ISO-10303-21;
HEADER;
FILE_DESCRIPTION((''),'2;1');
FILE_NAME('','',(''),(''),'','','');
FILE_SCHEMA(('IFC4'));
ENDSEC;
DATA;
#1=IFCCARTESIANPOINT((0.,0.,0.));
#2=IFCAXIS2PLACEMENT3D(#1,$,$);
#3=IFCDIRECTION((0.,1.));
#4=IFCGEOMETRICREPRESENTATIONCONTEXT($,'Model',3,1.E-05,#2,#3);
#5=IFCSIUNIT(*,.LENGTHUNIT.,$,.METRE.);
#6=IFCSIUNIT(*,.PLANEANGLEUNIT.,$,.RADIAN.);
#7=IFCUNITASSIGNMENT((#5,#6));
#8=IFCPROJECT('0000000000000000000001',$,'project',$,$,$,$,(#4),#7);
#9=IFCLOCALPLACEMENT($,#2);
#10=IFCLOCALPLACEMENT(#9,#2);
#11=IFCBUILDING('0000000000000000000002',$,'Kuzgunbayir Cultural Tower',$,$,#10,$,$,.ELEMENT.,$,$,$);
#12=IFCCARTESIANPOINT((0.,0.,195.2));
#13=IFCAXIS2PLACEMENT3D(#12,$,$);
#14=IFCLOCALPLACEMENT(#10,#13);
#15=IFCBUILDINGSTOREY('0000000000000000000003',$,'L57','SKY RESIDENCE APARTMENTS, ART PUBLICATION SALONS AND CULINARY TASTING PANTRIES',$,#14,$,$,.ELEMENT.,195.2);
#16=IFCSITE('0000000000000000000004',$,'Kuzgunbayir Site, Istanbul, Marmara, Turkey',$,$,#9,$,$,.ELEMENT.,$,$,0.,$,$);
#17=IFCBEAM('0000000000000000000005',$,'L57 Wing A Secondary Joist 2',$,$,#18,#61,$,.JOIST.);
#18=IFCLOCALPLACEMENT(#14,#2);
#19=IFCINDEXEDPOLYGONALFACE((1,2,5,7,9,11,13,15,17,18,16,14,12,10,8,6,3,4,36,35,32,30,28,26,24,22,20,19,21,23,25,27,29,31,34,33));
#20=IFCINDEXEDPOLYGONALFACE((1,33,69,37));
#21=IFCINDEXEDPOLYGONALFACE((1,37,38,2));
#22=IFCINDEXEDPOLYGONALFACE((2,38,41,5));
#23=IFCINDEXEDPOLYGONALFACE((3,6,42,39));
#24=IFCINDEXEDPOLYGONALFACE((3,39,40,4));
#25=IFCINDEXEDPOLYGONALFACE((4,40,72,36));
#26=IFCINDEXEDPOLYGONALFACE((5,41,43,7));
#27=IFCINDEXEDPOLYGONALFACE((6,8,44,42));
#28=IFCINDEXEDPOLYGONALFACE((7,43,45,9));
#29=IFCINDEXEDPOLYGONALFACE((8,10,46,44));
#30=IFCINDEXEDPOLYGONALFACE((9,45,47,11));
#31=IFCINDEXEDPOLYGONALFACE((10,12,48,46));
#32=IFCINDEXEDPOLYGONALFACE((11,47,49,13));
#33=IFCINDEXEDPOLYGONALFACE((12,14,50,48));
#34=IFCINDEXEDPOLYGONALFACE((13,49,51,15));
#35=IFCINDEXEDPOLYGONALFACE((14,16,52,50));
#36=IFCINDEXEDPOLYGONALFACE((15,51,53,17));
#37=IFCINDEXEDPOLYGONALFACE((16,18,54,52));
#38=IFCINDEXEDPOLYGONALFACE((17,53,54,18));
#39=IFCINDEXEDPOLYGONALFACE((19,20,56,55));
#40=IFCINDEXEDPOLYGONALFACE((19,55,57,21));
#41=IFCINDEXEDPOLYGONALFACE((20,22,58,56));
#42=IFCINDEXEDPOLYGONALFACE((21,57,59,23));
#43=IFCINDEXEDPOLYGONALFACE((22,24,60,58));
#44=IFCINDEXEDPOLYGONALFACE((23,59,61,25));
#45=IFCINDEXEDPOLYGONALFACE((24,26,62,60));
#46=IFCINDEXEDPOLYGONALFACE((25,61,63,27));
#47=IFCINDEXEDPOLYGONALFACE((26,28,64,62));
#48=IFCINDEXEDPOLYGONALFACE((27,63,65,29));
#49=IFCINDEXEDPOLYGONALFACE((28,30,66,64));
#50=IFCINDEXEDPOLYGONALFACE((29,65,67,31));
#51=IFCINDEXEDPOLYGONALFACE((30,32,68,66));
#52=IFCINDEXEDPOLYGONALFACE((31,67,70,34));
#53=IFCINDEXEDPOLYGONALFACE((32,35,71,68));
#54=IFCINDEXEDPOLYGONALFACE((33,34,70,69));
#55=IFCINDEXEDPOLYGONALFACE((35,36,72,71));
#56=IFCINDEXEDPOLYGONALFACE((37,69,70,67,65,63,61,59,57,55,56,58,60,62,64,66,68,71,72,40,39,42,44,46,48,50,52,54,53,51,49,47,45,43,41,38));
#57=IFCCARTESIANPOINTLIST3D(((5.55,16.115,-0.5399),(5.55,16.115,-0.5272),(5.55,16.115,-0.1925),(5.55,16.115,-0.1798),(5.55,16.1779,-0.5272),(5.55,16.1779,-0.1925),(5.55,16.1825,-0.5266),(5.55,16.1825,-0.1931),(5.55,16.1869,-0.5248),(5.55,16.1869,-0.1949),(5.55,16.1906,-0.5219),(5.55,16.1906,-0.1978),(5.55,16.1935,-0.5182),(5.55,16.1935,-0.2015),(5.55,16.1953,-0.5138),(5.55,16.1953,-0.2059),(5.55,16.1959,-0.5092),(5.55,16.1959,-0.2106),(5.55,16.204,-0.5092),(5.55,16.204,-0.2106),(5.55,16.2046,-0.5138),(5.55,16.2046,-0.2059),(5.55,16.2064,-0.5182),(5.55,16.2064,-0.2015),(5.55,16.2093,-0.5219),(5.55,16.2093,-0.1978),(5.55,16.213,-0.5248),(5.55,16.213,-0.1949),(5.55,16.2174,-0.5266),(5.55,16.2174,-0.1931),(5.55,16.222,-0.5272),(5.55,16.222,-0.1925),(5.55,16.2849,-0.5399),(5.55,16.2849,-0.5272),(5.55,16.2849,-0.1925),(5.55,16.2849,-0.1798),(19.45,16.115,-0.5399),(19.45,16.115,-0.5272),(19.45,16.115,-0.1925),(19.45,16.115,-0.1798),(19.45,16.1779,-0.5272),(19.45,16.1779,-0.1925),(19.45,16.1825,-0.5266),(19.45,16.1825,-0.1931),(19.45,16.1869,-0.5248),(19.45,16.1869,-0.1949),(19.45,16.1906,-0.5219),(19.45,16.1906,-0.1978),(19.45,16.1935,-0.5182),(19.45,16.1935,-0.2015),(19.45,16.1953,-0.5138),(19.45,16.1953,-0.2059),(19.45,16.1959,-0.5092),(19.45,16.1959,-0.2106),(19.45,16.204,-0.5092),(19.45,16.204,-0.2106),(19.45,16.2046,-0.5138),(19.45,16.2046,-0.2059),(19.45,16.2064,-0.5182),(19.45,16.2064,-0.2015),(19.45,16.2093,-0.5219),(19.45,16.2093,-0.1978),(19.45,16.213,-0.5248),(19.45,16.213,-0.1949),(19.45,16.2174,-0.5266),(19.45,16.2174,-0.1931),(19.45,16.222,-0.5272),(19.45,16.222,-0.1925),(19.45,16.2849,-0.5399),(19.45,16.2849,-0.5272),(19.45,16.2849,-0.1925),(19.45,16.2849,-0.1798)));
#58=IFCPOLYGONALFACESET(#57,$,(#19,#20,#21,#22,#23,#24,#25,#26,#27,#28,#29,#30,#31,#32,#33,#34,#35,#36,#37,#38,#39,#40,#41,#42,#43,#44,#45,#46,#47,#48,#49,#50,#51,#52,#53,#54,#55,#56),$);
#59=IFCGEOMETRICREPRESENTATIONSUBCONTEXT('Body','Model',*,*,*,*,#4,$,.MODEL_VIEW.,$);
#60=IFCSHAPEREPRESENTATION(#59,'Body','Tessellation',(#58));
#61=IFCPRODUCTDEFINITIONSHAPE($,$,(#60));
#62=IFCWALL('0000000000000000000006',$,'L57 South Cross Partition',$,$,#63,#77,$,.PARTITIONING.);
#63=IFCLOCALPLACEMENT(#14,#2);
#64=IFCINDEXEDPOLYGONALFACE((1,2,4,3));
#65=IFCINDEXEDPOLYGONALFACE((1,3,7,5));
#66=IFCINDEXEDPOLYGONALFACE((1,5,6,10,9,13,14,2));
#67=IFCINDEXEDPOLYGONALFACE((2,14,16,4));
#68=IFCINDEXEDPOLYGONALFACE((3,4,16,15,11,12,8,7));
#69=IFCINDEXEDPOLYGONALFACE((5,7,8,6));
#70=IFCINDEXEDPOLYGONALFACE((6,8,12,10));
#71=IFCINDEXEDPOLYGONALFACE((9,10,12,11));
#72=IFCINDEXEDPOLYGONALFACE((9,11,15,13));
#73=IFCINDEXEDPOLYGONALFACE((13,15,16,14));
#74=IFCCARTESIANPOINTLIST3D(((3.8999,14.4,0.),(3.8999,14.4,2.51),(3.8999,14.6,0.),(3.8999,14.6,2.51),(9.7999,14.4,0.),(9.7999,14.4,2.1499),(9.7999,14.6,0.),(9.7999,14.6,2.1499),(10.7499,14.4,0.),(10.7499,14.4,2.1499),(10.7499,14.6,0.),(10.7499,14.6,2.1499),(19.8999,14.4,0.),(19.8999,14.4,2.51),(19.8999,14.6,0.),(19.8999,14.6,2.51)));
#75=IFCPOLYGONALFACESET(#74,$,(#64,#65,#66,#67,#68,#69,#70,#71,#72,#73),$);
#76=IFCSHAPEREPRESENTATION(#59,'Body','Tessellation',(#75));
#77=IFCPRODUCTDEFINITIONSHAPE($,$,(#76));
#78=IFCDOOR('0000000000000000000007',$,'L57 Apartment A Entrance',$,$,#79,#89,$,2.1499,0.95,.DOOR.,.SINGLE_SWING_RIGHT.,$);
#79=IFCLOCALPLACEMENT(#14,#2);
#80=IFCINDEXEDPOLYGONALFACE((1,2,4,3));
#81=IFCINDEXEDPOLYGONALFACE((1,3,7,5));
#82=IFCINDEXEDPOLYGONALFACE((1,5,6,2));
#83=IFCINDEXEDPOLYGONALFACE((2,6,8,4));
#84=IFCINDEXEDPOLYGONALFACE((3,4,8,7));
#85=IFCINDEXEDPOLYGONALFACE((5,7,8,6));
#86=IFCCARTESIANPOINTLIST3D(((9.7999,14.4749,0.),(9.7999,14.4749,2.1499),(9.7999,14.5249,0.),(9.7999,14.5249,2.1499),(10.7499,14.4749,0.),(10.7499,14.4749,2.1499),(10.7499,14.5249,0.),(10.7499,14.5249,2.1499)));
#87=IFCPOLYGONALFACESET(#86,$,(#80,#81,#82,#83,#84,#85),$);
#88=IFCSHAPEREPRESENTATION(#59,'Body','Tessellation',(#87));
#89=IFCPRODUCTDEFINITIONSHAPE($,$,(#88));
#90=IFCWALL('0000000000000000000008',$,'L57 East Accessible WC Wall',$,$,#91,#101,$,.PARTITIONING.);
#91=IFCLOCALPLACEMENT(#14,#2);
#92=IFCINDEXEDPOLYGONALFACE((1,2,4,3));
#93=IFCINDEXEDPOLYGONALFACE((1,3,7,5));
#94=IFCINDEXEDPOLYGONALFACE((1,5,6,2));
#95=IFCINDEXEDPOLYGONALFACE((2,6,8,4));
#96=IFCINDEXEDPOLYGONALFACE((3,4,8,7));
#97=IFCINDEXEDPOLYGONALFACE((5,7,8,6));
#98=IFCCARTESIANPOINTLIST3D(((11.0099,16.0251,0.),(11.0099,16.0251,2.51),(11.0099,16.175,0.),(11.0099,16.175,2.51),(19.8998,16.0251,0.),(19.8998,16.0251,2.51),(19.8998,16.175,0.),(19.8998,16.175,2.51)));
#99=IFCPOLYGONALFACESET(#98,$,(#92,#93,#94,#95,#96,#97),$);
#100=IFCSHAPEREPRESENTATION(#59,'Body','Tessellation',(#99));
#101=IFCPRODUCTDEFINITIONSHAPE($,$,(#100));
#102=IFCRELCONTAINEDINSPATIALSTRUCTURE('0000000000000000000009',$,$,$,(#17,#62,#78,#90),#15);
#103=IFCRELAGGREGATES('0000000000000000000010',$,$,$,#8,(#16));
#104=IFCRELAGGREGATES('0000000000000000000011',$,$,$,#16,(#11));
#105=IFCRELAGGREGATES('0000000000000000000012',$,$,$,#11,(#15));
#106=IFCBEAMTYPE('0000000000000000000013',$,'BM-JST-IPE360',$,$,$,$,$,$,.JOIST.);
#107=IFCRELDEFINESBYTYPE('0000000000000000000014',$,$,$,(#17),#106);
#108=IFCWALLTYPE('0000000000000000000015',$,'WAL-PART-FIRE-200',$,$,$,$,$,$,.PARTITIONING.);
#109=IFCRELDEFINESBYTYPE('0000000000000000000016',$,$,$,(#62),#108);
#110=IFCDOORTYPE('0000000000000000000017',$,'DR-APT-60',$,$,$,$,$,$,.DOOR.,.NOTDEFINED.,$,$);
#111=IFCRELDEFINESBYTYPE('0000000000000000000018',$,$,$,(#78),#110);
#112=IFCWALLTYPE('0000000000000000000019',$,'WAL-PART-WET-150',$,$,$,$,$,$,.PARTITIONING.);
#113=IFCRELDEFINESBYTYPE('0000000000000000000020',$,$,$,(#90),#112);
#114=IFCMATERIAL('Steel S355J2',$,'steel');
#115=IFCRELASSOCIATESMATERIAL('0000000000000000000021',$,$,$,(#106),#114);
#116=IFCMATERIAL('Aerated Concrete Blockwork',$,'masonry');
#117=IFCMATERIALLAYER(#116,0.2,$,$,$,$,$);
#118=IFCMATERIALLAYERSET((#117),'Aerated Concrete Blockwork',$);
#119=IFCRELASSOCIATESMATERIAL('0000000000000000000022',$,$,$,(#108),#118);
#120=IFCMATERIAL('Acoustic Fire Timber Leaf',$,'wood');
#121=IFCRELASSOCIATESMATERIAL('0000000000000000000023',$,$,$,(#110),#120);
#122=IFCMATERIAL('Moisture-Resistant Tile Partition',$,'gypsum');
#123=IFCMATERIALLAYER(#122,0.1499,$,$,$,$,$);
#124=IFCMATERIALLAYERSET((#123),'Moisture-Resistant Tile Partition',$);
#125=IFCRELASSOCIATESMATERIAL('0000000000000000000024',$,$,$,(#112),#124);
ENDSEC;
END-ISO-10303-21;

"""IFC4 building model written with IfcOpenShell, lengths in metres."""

from ifc_helpers import new_model, si_unit, direction, frame, frame_2d, origin, origin_2d, place, context, subcontext, project, spatial, rectangle, i_section, extrude, material, layer, layer_set, material_profile, profile_set, type_object, element, fill, save


model = new_model("IFC4")

# Units and contexts
model_context = context("Model", 3, precision=1e-05, world=origin(), true_north=direction((0.0, 1.0)))
body_context = subcontext(model_context, "Body", "Model", "MODEL_VIEW")
ifc_project = project(units=[si_unit("LENGTHUNIT", "METRE"), si_unit("PLANEANGLEUNIT", "RADIAN")], contexts=[model_context])

# Site, building, storey
site_placement = place(None, origin())
site = spatial("IfcSite", under=ifc_project, at=site_placement, Name="Kuzgunbayir Site, Istanbul, Marmara, Turkey", CompositionType="ELEMENT", RefElevation=0.0)
building_placement = place(site_placement, origin())
building = spatial("IfcBuilding", under=site, at=building_placement, Name="Kuzgunbayir Cultural Tower", CompositionType="ELEMENT")
storey_placement = place(building_placement, frame((0.0, 0.0, 195.2)))
storey = spatial("IfcBuildingStorey", under=building, at=storey_placement, Name="L57", Description="SKY RESIDENCE APARTMENTS, ART PUBLICATION SALONS AND CULINARY TASTING PANTRIES", CompositionType="ELEMENT", Elevation=195.2)

# Beam
ifc_material_1 = material(Name="Steel S355J2", Category="steel")
ifc_material_profile_1 = material_profile(ifc_material_1, i_section(OverallWidth=0.1699, OverallDepth=0.3601, WebThickness=0.0081, FlangeThickness=0.0127, FilletRadius=0.0181, at=origin_2d()), Name="IPE 360")
ifc_profile_set_1 = profile_set([ifc_material_profile_1], Name="Steel S355J2")
beam_type_1 = type_object("IfcBeamType", Name="BM-JST-IPE360", PredefinedType="JOIST", material=ifc_profile_set_1)
for number, where, z_axis, x_axis, name in (
    (1, (5.55, 16.2, -0.3599), (1.0, 0.0, 0.0), (0.0, 1.0, 0.0), "L57 Wing A Secondary Joist 2"),
):
    element("IfcBeam", number, at=place(storey_placement, frame(where, z_axis=z_axis, x_axis=x_axis)), inside=storey, type_object=beam_type_1, Name=name, PredefinedType="JOIST", context=body_context, shape_type="SweptSolid", body=[
        extrude(i_section(OverallWidth=0.1699, OverallDepth=0.3601, WebThickness=0.0081, FlangeThickness=0.0127, FilletRadius=0.0181, at=origin_2d()), origin(), (0.0, 0.0, 1.0), 13.8999),
    ])

# Shared definitions
ifc_material_2 = material(Name="Aerated Concrete Blockwork", Category="masonry")
ifc_layer_1 = layer(ifc_material_2, 0.2)
ifc_layer_set_1 = layer_set([ifc_layer_1], Name="Aerated Concrete Blockwork")
wall_type_1 = type_object("IfcWallType", Name="WAL-PART-FIRE-200", PredefinedType="PARTITIONING", material=ifc_layer_set_1)

# Wall, opening, door
wall_1_placement = place(storey_placement, frame((3.8999, 14.5, 0.0), z_axis=(0.0, 0.0, 1.0), x_axis=(1.0, 0.0, 0.0)))
wall_1 = element("IfcWall", 2, at=wall_1_placement, inside=storey, type_object=wall_type_1, Name="L57 South Cross Partition", PredefinedType="PARTITIONING", context=body_context, shape_type="SweptSolid", body=[
    extrude(rectangle(XDim=16.0, YDim=0.2, at=frame_2d((8.0, 0.0))), origin(), (0.0, 0.0, 1.0), 2.51),
])
opening_1_placement = place(wall_1_placement, frame((5.8999, 0.0, 0.0)))
opening_1 = element("IfcOpeningElement", 3, at=opening_1_placement, cuts=wall_1, PredefinedType="OPENING", context=body_context, shape_type="SweptSolid", body=[
    extrude(rectangle(XDim=0.95, YDim=2.1499, at=frame_2d((0.4751, 1.075))), frame((0.0, 0.1099, 0.0), z_axis=(0.0, -1.0, 0.0), x_axis=(1.0, 0.0, 0.0)), (0.0, 0.0, 1.0), 0.22),
])
ifc_material_3 = material(Name="Acoustic Fire Timber Leaf", Category="wood")
door_type_1 = type_object("IfcDoorType", Name="DR-APT-60", OperationType="NOTDEFINED", PredefinedType="DOOR", material=ifc_material_3)
door_1_placement = place(opening_1_placement, origin())
door_1 = element("IfcDoor", 4, at=door_1_placement, inside=storey, type_object=door_type_1, Name="L57 Apartment A Entrance", OperationType="SINGLE_SWING_RIGHT", OverallHeight=2.1499, OverallWidth=0.95, PredefinedType="DOOR", context=body_context, shape_type="SweptSolid", body=[
    extrude(rectangle(XDim=0.95, YDim=2.1499, at=frame_2d((0.4751, 1.075))), frame((0.0, 0.0249, 0.0), z_axis=(0.0, -1.0, 0.0), x_axis=(1.0, 0.0, 0.0)), (0.0, 0.0, 1.0), 0.05),
])
fill(opening_1, door_1)

# Wall
ifc_material_4 = material(Name="Moisture-Resistant Tile Partition", Category="gypsum")
ifc_layer_2 = layer(ifc_material_4, 0.1499)
ifc_layer_set_2 = layer_set([ifc_layer_2], Name="Moisture-Resistant Tile Partition")
wall_type_2 = type_object("IfcWallType", Name="WAL-PART-WET-150", PredefinedType="PARTITIONING", material=ifc_layer_set_2)
wall_2_placement = place(storey_placement, frame((11.01, 16.1001, 0.0), z_axis=(0.0, 0.0, 1.0), x_axis=(1.0, 0.0, 0.0)))
element("IfcWall", 5, at=wall_2_placement, inside=storey, type_object=wall_type_2, Name="L57 East Accessible WC Wall", PredefinedType="PARTITIONING", context=body_context, shape_type="SweptSolid", body=[
    extrude(rectangle(XDim=8.8899, YDim=0.1499, at=frame_2d((4.4448, 0.0))), origin(), (0.0, 0.0, 1.0), 2.51),
])

save(model, "model.ifc")
